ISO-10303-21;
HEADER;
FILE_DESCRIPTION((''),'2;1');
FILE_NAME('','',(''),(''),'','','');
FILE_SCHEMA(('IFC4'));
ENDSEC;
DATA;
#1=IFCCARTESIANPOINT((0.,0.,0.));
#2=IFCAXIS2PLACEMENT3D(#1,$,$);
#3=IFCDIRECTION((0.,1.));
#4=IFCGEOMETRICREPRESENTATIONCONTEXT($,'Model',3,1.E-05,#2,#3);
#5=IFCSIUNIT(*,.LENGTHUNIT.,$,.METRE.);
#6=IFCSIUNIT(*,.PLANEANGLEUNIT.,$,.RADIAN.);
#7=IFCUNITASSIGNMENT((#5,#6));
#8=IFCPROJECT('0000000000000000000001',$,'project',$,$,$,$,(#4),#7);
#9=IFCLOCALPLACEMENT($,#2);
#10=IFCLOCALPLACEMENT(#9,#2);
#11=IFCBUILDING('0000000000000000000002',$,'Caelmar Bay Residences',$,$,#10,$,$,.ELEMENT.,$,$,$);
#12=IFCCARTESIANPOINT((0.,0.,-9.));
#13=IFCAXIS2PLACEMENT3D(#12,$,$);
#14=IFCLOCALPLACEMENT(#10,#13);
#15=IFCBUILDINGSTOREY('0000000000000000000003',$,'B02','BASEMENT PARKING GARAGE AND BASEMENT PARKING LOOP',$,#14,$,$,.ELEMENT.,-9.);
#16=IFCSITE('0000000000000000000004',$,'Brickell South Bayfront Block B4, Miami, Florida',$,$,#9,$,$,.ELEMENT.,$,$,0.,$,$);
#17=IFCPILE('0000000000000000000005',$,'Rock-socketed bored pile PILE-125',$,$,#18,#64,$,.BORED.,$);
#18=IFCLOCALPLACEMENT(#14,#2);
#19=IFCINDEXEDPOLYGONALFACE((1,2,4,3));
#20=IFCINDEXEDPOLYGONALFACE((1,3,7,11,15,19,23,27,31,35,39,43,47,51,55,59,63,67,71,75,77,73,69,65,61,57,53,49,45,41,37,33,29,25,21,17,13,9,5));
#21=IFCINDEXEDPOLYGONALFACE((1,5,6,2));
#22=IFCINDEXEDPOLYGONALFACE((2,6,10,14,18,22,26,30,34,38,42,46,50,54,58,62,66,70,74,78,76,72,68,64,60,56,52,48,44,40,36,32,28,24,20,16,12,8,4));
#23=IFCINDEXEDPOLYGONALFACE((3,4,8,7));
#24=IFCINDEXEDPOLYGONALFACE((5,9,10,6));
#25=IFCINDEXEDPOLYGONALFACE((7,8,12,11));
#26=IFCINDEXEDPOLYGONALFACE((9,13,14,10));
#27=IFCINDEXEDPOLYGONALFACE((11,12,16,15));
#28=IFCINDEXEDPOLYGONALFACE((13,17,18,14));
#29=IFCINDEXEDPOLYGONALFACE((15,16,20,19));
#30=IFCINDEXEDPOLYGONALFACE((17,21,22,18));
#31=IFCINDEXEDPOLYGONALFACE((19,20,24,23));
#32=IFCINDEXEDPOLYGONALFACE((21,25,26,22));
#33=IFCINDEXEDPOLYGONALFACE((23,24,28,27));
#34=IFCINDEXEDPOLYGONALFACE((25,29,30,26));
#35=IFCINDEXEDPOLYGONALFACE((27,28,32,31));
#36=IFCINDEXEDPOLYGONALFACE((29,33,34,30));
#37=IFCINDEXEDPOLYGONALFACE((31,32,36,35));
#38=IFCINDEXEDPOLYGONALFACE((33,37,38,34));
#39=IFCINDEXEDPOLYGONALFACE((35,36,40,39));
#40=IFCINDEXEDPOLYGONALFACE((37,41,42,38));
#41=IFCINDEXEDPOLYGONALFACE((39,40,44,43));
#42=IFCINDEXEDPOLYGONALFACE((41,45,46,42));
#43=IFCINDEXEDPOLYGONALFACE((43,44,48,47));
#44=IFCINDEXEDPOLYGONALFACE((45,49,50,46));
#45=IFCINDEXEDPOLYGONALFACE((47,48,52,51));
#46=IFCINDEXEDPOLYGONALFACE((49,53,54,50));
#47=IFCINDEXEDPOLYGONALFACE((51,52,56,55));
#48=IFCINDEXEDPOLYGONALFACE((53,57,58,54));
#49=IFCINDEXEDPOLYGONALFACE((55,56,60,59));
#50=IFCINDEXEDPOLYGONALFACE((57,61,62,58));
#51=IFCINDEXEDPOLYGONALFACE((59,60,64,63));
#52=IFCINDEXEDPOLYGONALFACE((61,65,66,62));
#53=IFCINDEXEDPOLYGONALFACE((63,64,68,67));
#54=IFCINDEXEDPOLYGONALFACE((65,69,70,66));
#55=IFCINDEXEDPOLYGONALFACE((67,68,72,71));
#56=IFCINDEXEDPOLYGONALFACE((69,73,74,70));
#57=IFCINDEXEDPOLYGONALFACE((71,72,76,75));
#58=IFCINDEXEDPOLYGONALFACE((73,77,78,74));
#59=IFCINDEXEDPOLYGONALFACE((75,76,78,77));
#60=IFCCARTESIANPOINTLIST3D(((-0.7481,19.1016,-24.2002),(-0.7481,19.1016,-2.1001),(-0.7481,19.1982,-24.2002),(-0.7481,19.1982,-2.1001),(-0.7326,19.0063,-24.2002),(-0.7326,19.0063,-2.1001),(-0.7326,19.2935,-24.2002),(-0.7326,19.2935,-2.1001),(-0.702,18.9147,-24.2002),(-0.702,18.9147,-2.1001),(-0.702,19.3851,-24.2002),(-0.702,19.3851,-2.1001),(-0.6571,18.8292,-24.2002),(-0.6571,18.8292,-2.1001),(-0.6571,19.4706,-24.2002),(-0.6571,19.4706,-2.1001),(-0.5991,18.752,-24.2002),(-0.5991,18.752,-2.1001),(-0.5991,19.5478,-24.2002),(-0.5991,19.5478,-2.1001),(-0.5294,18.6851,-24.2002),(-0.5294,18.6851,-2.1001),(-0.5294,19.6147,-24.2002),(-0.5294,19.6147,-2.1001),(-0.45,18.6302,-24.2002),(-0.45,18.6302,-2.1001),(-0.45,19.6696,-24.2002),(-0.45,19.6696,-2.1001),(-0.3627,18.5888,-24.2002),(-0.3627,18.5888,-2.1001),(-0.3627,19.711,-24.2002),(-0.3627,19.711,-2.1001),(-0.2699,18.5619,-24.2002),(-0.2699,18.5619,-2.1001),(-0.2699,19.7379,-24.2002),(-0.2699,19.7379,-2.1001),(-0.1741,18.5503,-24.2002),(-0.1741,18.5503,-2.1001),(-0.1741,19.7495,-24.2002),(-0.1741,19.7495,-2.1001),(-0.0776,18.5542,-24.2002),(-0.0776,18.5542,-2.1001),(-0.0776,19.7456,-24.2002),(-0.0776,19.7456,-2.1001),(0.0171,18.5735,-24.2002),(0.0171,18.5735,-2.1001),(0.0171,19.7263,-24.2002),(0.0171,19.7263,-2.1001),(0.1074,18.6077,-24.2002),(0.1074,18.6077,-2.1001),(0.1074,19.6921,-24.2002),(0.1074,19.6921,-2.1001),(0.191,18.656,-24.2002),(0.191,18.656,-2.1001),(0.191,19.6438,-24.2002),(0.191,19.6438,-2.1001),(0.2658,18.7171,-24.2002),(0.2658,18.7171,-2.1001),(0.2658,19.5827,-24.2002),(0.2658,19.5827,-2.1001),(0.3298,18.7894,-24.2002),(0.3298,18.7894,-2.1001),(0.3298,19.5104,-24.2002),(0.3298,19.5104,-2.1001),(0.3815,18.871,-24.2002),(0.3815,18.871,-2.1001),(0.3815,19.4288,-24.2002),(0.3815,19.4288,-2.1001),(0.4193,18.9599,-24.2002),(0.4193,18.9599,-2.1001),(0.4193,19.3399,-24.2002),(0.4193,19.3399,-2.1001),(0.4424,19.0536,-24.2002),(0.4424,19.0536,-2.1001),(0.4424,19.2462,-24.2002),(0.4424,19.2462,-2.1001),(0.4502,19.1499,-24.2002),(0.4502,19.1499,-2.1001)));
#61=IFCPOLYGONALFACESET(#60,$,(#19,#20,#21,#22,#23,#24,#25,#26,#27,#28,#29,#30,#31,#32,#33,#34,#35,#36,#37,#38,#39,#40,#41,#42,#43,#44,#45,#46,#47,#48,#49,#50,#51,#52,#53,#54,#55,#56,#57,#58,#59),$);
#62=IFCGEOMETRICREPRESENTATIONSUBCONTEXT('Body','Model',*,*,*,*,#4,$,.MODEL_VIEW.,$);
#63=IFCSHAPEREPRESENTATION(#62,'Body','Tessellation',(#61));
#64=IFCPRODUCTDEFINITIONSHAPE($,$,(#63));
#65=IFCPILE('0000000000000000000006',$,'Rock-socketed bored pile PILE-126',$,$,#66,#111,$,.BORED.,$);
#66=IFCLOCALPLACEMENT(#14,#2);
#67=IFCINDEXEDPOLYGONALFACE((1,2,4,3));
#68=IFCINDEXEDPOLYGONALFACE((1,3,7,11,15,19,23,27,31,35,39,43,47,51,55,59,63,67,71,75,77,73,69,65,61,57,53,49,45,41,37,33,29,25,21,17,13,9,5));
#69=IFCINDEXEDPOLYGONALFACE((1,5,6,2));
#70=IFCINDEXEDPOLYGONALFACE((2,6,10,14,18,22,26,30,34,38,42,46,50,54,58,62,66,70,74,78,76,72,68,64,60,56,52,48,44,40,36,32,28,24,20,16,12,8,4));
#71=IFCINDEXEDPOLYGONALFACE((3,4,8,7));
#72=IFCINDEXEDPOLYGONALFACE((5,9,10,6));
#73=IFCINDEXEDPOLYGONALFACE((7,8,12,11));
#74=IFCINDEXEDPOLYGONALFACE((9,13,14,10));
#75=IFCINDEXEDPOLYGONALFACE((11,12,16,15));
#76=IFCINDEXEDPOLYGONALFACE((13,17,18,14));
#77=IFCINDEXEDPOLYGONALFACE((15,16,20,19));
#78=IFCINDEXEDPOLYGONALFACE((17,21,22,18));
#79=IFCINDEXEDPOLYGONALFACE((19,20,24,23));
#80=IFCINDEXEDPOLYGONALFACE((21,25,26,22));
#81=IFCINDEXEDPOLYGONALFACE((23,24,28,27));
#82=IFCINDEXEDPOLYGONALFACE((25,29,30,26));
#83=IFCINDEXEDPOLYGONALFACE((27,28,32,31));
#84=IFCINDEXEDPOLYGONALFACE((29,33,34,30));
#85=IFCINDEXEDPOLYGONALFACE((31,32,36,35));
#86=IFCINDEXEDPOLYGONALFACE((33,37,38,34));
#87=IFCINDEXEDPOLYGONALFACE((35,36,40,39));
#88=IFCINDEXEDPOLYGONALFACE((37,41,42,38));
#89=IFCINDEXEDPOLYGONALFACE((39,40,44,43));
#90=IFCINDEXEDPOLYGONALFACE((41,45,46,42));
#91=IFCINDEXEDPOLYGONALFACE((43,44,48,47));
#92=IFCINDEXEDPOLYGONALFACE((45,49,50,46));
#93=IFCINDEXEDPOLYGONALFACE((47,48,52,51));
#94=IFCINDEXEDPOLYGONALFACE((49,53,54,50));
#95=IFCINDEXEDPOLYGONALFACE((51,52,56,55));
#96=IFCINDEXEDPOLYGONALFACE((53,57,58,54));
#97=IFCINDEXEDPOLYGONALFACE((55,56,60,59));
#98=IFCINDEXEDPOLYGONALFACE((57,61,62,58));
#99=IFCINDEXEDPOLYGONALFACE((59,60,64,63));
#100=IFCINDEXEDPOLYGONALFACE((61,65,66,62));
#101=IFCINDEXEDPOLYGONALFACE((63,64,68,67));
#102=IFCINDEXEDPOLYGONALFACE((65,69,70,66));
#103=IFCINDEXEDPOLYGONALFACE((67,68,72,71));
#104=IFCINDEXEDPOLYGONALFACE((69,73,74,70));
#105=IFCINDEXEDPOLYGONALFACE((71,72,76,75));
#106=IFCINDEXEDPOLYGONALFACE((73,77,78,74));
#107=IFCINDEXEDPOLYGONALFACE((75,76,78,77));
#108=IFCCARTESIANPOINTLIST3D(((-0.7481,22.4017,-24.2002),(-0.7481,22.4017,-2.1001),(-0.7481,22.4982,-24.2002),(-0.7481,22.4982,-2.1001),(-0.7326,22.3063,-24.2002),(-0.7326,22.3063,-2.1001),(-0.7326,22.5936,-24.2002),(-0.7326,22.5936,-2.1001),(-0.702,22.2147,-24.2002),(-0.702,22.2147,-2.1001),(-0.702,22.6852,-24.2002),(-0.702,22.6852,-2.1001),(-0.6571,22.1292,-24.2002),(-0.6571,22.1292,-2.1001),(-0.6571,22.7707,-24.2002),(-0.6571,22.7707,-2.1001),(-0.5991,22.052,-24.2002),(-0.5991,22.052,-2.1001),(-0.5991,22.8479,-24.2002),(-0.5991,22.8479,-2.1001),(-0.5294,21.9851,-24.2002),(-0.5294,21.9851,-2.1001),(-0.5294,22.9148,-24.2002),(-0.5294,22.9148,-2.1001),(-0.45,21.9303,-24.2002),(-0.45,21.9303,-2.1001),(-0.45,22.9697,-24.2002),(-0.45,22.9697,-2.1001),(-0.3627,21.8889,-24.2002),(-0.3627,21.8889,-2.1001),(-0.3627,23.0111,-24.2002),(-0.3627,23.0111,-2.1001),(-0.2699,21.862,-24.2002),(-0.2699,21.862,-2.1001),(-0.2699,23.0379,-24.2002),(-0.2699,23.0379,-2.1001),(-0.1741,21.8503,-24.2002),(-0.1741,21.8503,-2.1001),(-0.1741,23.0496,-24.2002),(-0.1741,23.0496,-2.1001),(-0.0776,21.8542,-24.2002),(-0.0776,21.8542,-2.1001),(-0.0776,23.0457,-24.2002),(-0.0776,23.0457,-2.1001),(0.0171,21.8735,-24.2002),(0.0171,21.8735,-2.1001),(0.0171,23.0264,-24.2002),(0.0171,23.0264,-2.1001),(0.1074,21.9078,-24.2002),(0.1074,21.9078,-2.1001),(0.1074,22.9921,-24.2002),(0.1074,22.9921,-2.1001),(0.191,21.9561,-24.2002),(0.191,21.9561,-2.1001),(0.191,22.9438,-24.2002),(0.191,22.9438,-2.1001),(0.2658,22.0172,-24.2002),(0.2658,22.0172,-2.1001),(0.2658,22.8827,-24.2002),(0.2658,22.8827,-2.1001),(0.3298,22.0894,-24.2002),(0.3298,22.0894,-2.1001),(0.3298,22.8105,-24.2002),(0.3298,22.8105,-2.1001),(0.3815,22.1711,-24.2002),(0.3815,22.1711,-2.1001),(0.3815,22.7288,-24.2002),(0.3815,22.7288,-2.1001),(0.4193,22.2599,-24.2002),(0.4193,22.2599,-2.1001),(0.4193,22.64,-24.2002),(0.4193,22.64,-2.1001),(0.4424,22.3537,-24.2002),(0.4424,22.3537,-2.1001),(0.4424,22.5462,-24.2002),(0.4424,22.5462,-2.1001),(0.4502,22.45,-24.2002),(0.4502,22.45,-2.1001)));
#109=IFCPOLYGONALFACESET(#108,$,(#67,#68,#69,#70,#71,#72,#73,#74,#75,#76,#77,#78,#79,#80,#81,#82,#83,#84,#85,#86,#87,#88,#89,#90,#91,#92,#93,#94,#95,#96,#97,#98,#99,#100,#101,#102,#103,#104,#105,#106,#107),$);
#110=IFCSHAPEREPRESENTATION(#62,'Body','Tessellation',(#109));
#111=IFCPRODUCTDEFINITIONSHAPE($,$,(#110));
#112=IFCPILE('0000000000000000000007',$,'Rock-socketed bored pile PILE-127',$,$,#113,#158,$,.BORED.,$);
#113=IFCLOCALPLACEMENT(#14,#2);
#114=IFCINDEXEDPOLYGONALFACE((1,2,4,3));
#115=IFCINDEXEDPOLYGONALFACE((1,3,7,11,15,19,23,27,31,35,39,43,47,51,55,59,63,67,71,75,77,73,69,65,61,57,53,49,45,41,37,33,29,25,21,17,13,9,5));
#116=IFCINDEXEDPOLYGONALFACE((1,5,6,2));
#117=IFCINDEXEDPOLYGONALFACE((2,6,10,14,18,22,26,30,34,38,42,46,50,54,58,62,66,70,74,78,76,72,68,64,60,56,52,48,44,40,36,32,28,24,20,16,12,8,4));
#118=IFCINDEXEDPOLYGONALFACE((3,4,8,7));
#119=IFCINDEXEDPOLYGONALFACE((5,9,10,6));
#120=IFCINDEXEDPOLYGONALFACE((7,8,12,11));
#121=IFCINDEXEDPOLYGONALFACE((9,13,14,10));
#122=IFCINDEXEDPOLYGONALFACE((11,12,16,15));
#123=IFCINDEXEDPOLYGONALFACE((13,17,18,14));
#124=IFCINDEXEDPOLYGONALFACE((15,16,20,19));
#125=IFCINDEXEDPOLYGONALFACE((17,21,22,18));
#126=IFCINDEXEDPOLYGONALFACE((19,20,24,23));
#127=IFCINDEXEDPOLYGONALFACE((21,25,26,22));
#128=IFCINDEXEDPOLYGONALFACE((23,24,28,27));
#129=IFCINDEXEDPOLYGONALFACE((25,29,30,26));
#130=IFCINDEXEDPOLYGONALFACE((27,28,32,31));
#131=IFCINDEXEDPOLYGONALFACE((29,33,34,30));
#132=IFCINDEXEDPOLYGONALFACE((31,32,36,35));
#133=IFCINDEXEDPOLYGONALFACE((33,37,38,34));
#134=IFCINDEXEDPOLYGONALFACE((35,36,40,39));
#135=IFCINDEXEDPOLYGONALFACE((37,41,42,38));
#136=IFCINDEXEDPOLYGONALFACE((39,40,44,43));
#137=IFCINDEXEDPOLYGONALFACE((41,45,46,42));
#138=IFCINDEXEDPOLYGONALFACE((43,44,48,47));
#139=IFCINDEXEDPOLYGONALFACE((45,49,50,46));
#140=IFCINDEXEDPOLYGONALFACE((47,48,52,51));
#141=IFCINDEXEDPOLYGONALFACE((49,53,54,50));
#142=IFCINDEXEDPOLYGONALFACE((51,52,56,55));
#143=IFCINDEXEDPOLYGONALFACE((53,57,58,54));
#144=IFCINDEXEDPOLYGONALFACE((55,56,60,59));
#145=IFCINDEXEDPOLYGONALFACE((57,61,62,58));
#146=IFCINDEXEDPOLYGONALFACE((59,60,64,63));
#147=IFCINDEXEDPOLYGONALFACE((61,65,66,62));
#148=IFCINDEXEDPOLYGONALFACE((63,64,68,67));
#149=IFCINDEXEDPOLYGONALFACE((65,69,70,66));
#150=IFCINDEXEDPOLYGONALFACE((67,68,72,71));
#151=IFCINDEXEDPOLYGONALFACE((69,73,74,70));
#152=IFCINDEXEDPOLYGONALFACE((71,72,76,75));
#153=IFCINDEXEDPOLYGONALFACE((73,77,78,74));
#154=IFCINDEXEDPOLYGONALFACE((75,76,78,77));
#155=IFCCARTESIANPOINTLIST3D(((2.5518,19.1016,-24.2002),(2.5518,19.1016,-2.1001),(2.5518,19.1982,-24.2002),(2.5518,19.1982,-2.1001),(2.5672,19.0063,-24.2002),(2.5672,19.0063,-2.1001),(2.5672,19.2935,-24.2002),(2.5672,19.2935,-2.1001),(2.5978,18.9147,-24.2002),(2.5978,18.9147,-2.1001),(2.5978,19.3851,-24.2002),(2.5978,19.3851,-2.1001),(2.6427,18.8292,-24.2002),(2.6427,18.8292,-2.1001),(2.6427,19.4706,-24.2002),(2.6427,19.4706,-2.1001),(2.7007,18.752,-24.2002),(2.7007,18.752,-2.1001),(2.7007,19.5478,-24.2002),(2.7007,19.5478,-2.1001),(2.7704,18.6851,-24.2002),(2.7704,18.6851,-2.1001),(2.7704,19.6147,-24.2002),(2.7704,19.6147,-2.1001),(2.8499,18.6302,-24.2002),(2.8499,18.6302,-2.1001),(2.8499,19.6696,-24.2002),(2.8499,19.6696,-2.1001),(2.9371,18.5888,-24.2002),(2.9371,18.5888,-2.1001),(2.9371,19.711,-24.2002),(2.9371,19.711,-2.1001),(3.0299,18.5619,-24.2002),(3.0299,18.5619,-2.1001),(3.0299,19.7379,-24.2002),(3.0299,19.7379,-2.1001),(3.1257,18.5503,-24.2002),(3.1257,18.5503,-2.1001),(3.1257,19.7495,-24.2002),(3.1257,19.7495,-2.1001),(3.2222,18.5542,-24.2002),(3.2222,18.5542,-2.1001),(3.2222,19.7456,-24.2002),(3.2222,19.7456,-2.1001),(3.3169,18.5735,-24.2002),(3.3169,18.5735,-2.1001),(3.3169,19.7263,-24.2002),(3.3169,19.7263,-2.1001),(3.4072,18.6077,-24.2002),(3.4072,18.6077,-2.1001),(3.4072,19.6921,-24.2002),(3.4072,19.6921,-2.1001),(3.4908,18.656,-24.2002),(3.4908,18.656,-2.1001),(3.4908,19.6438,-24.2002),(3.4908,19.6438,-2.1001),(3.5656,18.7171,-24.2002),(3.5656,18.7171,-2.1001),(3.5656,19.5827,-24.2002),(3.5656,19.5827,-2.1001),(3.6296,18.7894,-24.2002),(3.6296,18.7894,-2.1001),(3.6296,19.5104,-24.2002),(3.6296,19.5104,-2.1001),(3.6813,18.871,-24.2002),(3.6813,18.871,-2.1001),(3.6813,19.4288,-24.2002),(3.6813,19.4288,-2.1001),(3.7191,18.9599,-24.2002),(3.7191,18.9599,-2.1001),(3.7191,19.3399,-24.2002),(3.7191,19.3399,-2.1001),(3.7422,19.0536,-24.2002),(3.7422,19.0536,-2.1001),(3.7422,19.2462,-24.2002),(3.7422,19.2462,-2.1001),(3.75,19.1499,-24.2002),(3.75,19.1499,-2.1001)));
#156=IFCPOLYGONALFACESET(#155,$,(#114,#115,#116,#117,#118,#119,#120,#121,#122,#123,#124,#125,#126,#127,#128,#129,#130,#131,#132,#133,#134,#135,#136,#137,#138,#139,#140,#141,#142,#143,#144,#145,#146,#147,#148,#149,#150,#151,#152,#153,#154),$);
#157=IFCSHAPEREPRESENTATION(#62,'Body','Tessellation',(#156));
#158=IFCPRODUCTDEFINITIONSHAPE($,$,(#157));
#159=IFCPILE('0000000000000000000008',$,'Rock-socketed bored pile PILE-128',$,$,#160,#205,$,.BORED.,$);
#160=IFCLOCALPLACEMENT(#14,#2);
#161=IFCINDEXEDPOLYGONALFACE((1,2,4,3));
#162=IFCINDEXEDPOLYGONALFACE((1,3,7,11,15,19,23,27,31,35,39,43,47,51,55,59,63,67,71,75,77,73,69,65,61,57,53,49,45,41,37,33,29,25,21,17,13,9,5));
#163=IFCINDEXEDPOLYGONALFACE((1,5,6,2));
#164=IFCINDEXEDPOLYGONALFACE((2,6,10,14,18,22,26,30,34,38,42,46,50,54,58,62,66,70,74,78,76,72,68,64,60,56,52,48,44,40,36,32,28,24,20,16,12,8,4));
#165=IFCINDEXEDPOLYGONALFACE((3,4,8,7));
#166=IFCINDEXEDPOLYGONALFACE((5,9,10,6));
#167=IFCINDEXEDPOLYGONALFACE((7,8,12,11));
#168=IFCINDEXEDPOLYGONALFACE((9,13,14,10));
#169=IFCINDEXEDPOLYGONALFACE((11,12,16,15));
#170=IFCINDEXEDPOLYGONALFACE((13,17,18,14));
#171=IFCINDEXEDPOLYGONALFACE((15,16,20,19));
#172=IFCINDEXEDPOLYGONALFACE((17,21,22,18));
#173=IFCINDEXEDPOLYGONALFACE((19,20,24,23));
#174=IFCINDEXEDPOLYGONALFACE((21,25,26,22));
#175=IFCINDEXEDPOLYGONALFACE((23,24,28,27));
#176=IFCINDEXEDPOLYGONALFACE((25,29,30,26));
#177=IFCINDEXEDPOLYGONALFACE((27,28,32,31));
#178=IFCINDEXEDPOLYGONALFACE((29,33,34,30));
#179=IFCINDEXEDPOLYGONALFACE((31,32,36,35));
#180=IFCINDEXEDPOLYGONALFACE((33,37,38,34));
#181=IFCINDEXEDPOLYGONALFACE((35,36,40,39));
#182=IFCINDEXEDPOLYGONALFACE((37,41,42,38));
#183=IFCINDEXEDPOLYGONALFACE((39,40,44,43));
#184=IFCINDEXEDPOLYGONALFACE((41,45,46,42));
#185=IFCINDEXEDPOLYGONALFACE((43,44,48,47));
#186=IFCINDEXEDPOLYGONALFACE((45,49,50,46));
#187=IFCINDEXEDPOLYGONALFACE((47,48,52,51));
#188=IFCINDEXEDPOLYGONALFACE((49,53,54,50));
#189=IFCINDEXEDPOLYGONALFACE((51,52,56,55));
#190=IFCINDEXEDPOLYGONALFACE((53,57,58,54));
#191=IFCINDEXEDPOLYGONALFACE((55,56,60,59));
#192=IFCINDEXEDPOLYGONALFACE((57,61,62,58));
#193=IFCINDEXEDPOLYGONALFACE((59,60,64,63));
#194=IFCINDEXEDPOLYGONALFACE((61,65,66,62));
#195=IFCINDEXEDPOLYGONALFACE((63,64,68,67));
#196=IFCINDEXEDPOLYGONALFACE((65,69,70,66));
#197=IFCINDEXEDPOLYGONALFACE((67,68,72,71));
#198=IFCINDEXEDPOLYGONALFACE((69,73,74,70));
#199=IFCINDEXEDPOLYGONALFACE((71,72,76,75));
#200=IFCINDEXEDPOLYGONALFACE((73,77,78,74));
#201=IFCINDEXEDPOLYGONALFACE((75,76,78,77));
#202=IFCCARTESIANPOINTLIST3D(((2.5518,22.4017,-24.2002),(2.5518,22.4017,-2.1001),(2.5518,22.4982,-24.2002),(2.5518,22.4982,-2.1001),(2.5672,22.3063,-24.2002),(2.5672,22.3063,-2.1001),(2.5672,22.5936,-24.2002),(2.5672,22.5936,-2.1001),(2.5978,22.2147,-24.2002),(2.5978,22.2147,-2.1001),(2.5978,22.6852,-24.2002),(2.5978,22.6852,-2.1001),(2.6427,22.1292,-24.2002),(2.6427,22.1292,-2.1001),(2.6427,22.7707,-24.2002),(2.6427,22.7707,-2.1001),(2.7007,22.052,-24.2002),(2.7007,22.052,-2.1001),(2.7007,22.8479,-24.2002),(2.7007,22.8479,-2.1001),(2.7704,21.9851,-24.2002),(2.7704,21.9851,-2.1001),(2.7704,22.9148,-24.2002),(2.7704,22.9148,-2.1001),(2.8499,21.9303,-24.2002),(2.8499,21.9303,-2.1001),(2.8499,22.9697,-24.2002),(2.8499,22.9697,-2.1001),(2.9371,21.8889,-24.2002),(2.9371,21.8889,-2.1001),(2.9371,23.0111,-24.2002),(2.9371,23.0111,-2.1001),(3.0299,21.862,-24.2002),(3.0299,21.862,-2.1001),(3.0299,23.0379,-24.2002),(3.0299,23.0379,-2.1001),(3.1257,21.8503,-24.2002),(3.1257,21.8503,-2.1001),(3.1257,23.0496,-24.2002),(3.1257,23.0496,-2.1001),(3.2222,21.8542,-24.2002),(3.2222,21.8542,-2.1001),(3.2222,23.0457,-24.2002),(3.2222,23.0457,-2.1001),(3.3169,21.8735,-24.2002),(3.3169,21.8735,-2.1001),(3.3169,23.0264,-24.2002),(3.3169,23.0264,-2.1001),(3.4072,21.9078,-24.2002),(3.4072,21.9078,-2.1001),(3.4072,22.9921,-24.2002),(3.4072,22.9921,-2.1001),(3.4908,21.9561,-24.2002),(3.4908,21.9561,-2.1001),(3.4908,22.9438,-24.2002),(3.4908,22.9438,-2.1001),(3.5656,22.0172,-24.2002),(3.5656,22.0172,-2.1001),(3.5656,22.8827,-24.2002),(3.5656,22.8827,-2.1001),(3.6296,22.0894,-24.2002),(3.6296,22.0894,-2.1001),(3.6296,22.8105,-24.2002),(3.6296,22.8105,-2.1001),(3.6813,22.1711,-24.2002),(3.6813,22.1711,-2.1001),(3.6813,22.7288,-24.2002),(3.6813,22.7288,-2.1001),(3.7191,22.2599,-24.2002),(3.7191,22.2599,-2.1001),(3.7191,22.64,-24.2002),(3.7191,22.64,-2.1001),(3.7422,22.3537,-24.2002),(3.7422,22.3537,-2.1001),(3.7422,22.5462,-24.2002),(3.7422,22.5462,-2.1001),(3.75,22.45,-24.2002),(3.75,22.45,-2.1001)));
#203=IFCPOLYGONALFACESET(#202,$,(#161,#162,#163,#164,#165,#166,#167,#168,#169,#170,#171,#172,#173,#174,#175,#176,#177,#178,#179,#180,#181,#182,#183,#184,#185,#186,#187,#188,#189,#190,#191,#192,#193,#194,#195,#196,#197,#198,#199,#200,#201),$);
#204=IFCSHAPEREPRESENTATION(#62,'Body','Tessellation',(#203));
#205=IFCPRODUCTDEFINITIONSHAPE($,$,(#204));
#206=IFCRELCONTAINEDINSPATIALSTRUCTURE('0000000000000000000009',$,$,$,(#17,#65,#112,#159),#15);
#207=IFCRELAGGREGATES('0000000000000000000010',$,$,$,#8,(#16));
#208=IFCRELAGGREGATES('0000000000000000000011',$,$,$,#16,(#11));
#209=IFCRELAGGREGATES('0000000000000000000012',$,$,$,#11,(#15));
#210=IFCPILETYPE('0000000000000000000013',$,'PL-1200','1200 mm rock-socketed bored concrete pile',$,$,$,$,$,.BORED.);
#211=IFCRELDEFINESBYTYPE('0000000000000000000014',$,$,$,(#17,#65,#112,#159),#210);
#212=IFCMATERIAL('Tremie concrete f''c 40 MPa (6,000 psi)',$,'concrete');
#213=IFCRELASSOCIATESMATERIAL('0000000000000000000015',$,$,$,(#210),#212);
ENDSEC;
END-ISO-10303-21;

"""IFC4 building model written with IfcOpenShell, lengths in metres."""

from ifc_helpers import new_model, si_unit, direction, frame, origin, origin_2d, place, context, subcontext, project, spatial, circle, extrude, material, material_profile, profile_set, type_object, element, save


model = new_model("IFC4")

# Units and contexts
model_context = context("Model", 3, precision=1e-05, world=origin(), true_north=direction((0.0, 1.0)))
body_context = subcontext(model_context, "Body", "Model", "MODEL_VIEW")
ifc_project = project(units=[si_unit("LENGTHUNIT", "METRE"), si_unit("PLANEANGLEUNIT", "RADIAN")], contexts=[model_context])

# Site, building, storey
site_placement = place(None, origin())
site = spatial("IfcSite", under=ifc_project, at=site_placement, Name="Brickell South Bayfront Block B4, Miami, Florida", CompositionType="ELEMENT", RefElevation=0.0)
building_placement = place(site_placement, origin())
building = spatial("IfcBuilding", under=site, at=building_placement, Name="Caelmar Bay Residences", CompositionType="ELEMENT")
storey_placement = place(building_placement, frame((0.0, 0.0, -9.0)))
storey = spatial("IfcBuildingStorey", under=building, at=storey_placement, Name="B02", Description="BASEMENT PARKING GARAGE AND BASEMENT PARKING LOOP", CompositionType="ELEMENT", Elevation=-9.0)

# Piles
ifc_material_1 = material(Name="Tremie concrete f'c 40 MPa (6,000 psi)", Category="concrete")
ifc_material_profile_1 = material_profile(ifc_material_1, circle(Radius=0.6001, at=origin_2d()), Name="PILE-1200D")
ifc_profile_set_1 = profile_set([ifc_material_profile_1], Name="Tremie concrete f'c 40 MPa (6,000 psi)")
pile_type = type_object("IfcPileType", Name="PL-1200", Description="1200 mm rock-socketed bored concrete pile", PredefinedType="BORED", material=ifc_profile_set_1)
for number, where, z_axis, x_axis, name in (
    (1, (-0.1499, 19.1499, -2.1001), (0.0, 0.0, -1.0), (1.0, 0.0, 0.0), "Rock-socketed bored pile PILE-125"),
    (2, (-0.1499, 22.45, -2.1001), (0.0, 0.0, -1.0), (1.0, 0.0, 0.0), "Rock-socketed bored pile PILE-126"),
    (3, (3.1499, 19.1499, -2.1001), (0.0, 0.0, -1.0), (1.0, 0.0, 0.0), "Rock-socketed bored pile PILE-127"),
    (4, (3.1499, 22.45, -2.1001), (0.0, 0.0, -1.0), (1.0, 0.0, 0.0), "Rock-socketed bored pile PILE-128"),
):
    element("IfcPile", number, at=place(storey_placement, frame(where, z_axis=z_axis, x_axis=x_axis)), inside=storey, type_object=pile_type, Name=name, PredefinedType="BORED", context=body_context, shape_type="SweptSolid", body=[
        extrude(circle(Radius=0.6001, at=origin_2d()), origin(), (0.0, 0.0, 1.0), 22.1001),
    ])

save(model, "model.ifc")
